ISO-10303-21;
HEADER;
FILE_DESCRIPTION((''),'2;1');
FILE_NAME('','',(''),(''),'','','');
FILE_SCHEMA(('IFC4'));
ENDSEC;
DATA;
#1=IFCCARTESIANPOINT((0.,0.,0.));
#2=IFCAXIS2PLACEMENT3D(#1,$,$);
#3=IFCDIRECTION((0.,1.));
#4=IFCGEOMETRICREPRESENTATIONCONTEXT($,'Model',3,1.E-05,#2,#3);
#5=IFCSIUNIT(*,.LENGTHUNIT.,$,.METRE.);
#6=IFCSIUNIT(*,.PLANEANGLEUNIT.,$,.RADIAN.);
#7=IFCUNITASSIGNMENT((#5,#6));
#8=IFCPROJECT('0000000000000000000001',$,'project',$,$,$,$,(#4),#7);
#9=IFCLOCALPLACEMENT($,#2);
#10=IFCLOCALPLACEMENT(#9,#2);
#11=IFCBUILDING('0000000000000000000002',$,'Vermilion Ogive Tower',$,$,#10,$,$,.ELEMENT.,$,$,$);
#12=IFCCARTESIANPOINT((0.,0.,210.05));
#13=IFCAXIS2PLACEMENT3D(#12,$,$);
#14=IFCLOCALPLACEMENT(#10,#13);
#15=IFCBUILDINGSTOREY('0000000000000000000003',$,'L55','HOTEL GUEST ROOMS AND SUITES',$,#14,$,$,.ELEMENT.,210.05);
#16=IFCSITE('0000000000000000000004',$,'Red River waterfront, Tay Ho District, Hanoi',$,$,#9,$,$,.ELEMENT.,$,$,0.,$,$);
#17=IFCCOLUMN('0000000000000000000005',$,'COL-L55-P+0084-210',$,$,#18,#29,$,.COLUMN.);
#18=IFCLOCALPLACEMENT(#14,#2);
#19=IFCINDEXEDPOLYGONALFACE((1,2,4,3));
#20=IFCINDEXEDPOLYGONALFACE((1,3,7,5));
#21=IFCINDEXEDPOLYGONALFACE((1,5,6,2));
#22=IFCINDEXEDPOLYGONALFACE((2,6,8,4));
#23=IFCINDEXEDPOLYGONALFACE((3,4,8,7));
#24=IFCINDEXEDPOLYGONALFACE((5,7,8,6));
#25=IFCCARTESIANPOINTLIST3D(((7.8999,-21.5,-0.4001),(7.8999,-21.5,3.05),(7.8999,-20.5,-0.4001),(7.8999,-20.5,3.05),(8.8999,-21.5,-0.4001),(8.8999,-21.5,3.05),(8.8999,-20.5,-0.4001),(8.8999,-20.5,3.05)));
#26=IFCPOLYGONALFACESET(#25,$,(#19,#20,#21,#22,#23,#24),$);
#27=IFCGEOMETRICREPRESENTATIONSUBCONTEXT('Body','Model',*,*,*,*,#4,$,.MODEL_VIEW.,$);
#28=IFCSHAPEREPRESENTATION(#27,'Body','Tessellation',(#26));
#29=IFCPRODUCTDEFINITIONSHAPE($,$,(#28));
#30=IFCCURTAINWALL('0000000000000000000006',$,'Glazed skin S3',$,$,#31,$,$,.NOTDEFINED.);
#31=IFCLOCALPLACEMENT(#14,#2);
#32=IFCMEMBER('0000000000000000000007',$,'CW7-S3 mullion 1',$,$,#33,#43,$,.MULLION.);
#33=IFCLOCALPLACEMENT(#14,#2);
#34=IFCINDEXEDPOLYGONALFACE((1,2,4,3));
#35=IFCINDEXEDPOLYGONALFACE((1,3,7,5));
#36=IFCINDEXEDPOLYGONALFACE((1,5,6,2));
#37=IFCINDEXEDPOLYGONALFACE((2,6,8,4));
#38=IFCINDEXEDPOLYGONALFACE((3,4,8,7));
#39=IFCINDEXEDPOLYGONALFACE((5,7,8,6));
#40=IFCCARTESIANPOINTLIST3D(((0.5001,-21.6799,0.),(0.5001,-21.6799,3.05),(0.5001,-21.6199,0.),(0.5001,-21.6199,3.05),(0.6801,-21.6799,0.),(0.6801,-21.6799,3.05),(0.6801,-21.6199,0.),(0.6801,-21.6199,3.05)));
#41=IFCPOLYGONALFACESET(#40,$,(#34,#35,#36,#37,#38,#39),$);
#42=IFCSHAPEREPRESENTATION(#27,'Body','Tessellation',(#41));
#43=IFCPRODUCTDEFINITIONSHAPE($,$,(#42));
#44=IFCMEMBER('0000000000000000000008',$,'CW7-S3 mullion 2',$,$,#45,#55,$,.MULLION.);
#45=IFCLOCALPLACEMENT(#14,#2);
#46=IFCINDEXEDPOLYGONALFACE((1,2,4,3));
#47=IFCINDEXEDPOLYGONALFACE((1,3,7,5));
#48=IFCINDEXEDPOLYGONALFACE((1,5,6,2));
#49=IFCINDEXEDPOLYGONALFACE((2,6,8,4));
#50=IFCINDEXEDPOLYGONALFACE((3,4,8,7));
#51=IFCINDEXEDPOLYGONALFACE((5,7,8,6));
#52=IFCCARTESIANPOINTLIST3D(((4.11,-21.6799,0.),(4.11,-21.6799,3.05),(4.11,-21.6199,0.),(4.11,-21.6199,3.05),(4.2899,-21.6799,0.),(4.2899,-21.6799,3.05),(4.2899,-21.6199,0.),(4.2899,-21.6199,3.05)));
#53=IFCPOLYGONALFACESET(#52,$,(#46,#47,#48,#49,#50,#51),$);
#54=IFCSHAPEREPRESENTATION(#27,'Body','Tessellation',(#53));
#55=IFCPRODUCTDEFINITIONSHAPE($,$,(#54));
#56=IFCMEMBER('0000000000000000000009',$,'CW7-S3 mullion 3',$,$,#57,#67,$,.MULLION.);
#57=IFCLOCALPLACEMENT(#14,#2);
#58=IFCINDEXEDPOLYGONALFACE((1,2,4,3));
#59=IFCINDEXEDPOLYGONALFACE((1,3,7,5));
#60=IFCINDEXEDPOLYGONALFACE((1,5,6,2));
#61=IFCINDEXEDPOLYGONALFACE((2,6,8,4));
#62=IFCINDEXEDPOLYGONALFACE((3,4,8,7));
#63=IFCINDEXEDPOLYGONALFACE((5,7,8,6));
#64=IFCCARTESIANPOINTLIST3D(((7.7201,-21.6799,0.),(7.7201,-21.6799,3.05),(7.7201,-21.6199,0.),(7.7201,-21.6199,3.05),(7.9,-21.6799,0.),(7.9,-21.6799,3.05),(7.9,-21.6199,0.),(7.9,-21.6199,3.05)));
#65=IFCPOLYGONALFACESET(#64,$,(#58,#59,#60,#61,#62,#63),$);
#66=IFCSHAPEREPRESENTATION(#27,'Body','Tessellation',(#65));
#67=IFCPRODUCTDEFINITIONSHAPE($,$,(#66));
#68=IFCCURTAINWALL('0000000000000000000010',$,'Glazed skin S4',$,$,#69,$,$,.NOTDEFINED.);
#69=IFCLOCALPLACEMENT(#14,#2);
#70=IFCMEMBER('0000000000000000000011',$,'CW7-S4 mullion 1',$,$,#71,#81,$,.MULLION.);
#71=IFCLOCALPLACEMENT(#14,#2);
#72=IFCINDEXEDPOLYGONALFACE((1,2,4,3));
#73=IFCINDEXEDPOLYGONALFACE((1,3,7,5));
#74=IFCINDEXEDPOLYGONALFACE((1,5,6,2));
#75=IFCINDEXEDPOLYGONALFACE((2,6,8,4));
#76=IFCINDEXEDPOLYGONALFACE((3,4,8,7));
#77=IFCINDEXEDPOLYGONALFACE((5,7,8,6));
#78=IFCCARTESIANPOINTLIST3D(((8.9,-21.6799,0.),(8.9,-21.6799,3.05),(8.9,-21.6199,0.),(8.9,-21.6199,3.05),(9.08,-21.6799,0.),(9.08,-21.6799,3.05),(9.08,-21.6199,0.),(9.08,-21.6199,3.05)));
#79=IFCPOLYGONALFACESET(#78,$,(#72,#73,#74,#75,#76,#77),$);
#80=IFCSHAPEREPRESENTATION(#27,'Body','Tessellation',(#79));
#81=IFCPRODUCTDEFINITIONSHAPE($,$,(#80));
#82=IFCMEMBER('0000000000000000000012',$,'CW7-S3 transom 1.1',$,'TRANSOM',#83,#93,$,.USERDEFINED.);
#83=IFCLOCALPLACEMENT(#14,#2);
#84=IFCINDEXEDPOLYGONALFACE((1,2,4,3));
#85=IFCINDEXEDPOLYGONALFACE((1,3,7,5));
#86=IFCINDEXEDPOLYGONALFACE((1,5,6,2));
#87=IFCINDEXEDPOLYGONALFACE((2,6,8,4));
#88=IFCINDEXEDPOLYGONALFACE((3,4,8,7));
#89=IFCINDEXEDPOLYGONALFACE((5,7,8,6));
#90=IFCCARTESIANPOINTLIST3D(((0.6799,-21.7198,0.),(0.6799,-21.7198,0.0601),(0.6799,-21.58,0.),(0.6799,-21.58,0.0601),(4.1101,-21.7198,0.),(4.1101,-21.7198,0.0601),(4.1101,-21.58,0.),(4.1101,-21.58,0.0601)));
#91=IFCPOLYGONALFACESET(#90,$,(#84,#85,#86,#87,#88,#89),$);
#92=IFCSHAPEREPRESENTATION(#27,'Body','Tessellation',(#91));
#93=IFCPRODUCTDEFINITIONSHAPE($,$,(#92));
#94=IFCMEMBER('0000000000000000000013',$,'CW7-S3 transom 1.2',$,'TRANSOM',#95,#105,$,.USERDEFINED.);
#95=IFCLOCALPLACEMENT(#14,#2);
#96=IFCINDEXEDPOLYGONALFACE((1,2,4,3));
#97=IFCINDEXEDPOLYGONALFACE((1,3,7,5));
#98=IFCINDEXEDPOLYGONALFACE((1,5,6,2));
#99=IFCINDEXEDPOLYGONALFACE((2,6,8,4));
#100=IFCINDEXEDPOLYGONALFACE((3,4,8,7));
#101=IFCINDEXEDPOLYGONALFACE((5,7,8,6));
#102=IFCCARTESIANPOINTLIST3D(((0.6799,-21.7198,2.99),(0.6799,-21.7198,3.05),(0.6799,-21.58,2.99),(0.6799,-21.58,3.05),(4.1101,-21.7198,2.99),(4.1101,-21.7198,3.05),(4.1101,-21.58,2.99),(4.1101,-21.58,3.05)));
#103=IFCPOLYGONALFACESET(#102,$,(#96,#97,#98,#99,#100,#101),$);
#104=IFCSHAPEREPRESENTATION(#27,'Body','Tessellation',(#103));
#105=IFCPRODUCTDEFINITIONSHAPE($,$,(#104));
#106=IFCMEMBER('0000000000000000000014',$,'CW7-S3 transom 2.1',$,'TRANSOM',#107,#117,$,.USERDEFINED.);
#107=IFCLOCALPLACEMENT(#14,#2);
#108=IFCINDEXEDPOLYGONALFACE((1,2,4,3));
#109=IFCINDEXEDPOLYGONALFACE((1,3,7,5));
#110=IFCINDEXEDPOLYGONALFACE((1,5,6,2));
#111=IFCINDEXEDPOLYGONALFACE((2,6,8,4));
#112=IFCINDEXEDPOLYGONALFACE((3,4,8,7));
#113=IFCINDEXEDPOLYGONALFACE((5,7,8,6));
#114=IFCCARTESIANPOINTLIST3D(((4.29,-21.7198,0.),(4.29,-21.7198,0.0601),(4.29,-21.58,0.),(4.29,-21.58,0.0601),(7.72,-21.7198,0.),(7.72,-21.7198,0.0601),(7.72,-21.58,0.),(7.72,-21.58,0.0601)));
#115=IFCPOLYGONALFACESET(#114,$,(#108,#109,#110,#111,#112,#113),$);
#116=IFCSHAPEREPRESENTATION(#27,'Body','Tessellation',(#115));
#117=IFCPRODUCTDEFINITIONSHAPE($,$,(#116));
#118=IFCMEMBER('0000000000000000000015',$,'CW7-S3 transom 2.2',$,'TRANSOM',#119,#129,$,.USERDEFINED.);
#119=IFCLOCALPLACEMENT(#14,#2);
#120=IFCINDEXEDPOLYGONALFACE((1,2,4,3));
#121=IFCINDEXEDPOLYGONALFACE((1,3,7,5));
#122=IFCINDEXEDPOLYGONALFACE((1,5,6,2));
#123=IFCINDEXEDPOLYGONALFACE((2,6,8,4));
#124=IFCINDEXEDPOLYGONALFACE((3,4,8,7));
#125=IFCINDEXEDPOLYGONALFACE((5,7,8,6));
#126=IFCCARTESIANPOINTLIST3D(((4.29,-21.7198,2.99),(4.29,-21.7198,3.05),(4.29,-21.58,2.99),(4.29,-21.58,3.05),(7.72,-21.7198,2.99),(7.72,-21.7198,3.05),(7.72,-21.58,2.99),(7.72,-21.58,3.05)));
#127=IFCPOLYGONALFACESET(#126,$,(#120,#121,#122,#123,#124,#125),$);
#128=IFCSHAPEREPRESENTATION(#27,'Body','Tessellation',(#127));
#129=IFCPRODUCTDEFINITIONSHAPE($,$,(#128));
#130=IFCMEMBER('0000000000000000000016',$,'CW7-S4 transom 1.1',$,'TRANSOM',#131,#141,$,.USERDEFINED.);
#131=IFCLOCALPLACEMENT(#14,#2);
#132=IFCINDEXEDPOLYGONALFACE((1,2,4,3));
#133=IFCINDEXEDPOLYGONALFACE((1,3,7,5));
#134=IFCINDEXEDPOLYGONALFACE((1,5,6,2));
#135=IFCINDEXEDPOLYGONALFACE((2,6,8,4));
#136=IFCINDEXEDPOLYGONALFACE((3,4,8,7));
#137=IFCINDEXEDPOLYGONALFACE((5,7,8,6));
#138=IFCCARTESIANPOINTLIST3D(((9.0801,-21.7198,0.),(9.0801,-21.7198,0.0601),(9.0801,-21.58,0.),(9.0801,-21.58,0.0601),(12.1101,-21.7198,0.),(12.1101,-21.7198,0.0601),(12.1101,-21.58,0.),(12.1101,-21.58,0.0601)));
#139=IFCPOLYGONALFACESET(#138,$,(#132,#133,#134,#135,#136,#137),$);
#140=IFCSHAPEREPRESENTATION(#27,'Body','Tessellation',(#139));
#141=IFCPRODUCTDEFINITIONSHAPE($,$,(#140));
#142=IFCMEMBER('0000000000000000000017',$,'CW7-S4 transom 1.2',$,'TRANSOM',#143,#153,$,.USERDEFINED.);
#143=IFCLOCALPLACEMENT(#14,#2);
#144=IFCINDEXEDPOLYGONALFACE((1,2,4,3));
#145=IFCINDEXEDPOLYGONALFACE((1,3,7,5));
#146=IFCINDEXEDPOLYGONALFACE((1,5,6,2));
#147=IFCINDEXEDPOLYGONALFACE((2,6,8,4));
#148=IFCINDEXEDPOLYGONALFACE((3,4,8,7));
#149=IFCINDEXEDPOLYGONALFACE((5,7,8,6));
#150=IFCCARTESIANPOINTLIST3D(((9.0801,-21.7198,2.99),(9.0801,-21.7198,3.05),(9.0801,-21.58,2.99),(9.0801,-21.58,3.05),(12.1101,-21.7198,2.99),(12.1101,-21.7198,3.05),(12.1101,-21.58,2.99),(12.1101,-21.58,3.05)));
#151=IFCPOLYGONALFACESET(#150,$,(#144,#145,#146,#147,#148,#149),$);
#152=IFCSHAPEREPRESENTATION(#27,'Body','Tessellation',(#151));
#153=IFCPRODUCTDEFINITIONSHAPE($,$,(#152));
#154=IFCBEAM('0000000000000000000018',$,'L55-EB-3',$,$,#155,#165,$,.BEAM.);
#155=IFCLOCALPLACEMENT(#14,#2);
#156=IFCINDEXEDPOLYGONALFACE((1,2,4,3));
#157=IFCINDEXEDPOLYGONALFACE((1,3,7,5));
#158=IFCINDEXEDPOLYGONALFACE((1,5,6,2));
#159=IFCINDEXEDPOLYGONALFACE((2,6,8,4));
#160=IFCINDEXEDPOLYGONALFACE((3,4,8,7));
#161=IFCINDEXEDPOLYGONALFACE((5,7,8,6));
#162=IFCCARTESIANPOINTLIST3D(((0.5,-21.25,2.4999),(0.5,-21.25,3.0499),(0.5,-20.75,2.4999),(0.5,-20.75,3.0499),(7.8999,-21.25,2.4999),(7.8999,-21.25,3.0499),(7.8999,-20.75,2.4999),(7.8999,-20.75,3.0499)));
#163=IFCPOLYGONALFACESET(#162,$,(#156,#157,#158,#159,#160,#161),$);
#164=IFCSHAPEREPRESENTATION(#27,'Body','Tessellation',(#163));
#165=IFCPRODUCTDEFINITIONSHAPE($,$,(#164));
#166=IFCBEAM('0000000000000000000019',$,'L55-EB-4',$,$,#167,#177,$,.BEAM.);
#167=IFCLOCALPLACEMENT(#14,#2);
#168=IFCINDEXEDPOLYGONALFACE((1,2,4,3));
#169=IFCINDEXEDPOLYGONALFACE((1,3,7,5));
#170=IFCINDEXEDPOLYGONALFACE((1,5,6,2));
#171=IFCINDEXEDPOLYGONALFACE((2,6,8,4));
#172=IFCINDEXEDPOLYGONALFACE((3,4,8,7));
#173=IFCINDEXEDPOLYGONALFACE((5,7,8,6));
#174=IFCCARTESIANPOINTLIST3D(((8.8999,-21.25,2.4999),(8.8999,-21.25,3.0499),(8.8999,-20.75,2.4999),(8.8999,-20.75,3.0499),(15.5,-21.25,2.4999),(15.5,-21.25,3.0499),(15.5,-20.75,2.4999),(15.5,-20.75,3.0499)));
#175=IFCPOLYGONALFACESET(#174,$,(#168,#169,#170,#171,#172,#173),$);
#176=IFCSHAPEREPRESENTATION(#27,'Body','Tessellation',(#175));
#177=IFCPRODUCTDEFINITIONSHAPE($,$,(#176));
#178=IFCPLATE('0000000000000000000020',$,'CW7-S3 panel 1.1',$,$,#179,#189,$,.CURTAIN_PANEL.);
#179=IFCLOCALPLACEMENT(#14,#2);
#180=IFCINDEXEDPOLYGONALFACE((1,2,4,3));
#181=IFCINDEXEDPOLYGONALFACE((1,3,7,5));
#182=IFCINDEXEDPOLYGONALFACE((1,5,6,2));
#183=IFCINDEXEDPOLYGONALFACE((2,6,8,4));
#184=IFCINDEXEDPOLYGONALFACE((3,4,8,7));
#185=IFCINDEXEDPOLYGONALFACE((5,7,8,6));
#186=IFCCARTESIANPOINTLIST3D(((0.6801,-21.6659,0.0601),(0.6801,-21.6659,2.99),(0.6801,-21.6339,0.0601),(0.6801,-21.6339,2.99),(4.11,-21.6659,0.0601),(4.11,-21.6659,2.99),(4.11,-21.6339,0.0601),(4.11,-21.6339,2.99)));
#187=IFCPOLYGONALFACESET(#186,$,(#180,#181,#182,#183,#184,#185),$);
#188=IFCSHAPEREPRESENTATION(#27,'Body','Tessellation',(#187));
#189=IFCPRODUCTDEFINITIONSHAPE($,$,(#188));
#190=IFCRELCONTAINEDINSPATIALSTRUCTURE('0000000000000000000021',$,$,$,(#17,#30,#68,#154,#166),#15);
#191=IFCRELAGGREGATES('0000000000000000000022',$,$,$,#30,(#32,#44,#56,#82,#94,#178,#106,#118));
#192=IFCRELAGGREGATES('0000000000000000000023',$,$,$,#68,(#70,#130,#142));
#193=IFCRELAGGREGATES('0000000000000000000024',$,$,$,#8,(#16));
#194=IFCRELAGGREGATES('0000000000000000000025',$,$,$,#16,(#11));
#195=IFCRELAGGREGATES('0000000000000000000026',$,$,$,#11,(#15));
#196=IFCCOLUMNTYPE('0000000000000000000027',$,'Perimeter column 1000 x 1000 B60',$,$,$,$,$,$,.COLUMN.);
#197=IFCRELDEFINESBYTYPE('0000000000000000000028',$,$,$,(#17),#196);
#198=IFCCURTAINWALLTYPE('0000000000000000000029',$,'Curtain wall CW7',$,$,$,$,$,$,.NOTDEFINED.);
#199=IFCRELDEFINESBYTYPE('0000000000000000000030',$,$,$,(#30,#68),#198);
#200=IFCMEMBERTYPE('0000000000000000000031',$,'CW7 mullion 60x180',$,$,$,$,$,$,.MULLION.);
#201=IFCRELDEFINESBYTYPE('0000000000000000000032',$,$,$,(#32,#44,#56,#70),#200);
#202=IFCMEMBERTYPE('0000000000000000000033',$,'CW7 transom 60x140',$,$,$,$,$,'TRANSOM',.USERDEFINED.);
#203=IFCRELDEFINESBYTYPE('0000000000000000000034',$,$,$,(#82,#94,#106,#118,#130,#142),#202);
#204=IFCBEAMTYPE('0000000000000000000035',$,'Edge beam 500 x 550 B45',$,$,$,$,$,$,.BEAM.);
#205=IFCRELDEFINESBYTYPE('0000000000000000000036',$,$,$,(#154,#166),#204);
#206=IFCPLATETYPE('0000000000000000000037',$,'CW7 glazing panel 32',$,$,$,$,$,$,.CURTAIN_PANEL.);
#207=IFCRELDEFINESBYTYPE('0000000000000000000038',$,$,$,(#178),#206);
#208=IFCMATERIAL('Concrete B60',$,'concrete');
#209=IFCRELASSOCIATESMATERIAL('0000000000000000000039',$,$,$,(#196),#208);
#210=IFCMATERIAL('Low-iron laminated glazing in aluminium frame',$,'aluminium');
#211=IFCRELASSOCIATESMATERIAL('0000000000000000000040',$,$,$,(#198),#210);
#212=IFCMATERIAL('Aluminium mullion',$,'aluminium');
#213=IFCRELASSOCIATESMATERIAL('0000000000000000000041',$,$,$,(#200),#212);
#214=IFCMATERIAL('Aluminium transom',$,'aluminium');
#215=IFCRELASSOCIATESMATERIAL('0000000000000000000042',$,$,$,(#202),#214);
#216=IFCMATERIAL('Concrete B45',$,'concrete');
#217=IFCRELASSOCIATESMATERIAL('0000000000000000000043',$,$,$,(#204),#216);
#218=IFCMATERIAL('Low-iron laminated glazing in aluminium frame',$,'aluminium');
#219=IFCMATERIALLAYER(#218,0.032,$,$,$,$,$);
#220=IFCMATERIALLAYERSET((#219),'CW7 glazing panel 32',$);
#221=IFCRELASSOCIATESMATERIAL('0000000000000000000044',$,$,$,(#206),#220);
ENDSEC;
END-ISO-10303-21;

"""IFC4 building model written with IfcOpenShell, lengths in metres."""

from ifc_helpers import new_model, si_unit, direction, frame, origin, origin_2d, place, context, subcontext, project, spatial, rectangle, extrude, material, layer, layer_set, material_profile, profile_set, type_object, element, aggregate, save


model = new_model("IFC4")

# Units and contexts
model_context = context("Model", 3, precision=1e-05, world=origin(), true_north=direction((0.0, 1.0)))
body_context = subcontext(model_context, "Body", "Model", "MODEL_VIEW")
ifc_project = project(units=[si_unit("LENGTHUNIT", "METRE"), si_unit("PLANEANGLEUNIT", "RADIAN")], contexts=[model_context])

# Site, building, storey
site_placement = place(None, origin())
site = spatial("IfcSite", under=ifc_project, at=site_placement, Name="Red River waterfront, Tay Ho District, Hanoi", CompositionType="ELEMENT", RefElevation=0.0)
building_placement = place(site_placement, origin())
building = spatial("IfcBuilding", under=site, at=building_placement, Name="Vermilion Ogive Tower", CompositionType="ELEMENT")
storey_placement = place(building_placement, frame((0.0, 0.0, 210.05)))
storey = spatial("IfcBuildingStorey", under=building, at=storey_placement, Name="L55", Description="HOTEL GUEST ROOMS AND SUITES", CompositionType="ELEMENT", Elevation=210.05)

# Column
ifc_material_1 = material(Name="Concrete B60", Category="concrete")
ifc_material_profile_1 = material_profile(ifc_material_1, rectangle(XDim=1.0, YDim=1.0, at=origin_2d()), Name="1000 x 1000")
ifc_profile_set_1 = profile_set([ifc_material_profile_1], Name="Concrete B60")
column_type = type_object("IfcColumnType", Name="Perimeter column 1000 x 1000 B60", PredefinedType="COLUMN", material=ifc_profile_set_1)
column_placement = place(storey_placement, frame((8.3999, -21.0, -0.4001), z_axis=(0.0, 0.0, 1.0), x_axis=(1.0, 0.0, 0.0)))
element("IfcColumn", 1, at=column_placement, inside=storey, type_object=column_type, Name="COL-L55-P+0084-210", PredefinedType="COLUMN", context=body_context, shape_type="SweptSolid", body=[
    extrude(rectangle(XDim=1.0, YDim=1.0, at=origin_2d()), origin(), (0.0, 0.0, 1.0), 3.4502),
])

# Curtain wall, members
ifc_material_2 = material(Name="Low-iron laminated glazing in aluminium frame", Category="aluminium")
curtain_wall_type = type_object("IfcCurtainWallType", Name="Curtain wall CW7", PredefinedType="NOTDEFINED", material=ifc_material_2)
curtain_wall_1_placement = place(storey_placement, origin())
curtain_wall_1 = element("IfcCurtainWall", 2, at=curtain_wall_1_placement, inside=storey, type_object=curtain_wall_type, Name="Glazed skin S3", PredefinedType="NOTDEFINED")
ifc_material_3 = material(Name="Aluminium mullion", Category="aluminium")
ifc_material_profile_2 = material_profile(ifc_material_3, rectangle(XDim=0.0601, YDim=0.1799, at=origin_2d()), Name="AL 60x180")
ifc_profile_set_2 = profile_set([ifc_material_profile_2], Name="Aluminium mullion")
member_type_1 = type_object("IfcMemberType", Name="CW7 mullion 60x180", PredefinedType="MULLION", material=ifc_profile_set_2)
member_1_placement = place(storey_placement, frame((0.5901, -21.6499, 0.0), z_axis=(0.0, 0.0, 1.0), x_axis=(0.0, 1.0, 0.0)))
member_1 = element("IfcMember", 3, at=member_1_placement, type_object=member_type_1, Name="CW7-S3 mullion 1", PredefinedType="MULLION", context=body_context, shape_type="SweptSolid", body=[
    extrude(rectangle(XDim=0.0601, YDim=0.1799, at=origin_2d()), origin(), (0.0, 0.0, 1.0), 3.05),
])
member_2_placement = place(storey_placement, frame((4.2, -21.6499, 0.0), z_axis=(0.0, 0.0, 1.0), x_axis=(0.0, 1.0, 0.0)))
member_2 = element("IfcMember", 4, at=member_2_placement, type_object=member_type_1, Name="CW7-S3 mullion 2", PredefinedType="MULLION", context=body_context, shape_type="SweptSolid", body=[
    extrude(rectangle(XDim=0.0601, YDim=0.1799, at=origin_2d()), origin(), (0.0, 0.0, 1.0), 3.05),
])
member_3_placement = place(storey_placement, frame((7.8101, -21.6499, 0.0), z_axis=(0.0, 0.0, 1.0), x_axis=(0.0, 1.0, 0.0)))
member_3 = element("IfcMember", 5, at=member_3_placement, type_object=member_type_1, Name="CW7-S3 mullion 3", PredefinedType="MULLION", context=body_context, shape_type="SweptSolid", body=[
    extrude(rectangle(XDim=0.0601, YDim=0.1799, at=origin_2d()), origin(), (0.0, 0.0, 1.0), 3.05),
])

# Curtain wall, member
curtain_wall_2_placement = place(storey_placement, origin())
curtain_wall_2 = element("IfcCurtainWall", 6, at=curtain_wall_2_placement, inside=storey, type_object=curtain_wall_type, Name="Glazed skin S4", PredefinedType="NOTDEFINED")
member_4_placement = place(storey_placement, frame((8.99, -21.6499, 0.0), z_axis=(0.0, 0.0, 1.0), x_axis=(0.0, 1.0, 0.0)))
member_4 = element("IfcMember", 7, at=member_4_placement, type_object=member_type_1, Name="CW7-S4 mullion 1", PredefinedType="MULLION", context=body_context, shape_type="SweptSolid", body=[
    extrude(rectangle(XDim=0.0601, YDim=0.1799, at=origin_2d()), origin(), (0.0, 0.0, 1.0), 3.05),
])

# Members
ifc_material_4 = material(Name="Aluminium transom", Category="aluminium")
ifc_material_profile_3 = material_profile(ifc_material_4, rectangle(XDim=0.1399, YDim=0.0601, at=origin_2d()), Name="AL 60x140")
ifc_profile_set_3 = profile_set([ifc_material_profile_3], Name="Aluminium transom")
member_type_2 = type_object("IfcMemberType", Name="CW7 transom 60x140", ElementType="TRANSOM", PredefinedType="USERDEFINED", material=ifc_profile_set_3)
member_5_placement = place(storey_placement, frame((0.6799, -21.6499, 0.03), z_axis=(1.0, 0.0, 0.0), x_axis=(0.0, 1.0, 0.0)))
member_5 = element("IfcMember", 8, at=member_5_placement, type_object=member_type_2, Name="CW7-S3 transom 1.1", ObjectType="TRANSOM", PredefinedType="USERDEFINED", context=body_context, shape_type="SweptSolid", body=[
    extrude(rectangle(XDim=0.1399, YDim=0.0601, at=origin_2d()), origin(), (0.0, 0.0, 1.0), 3.4302),
])
member_6_placement = place(storey_placement, frame((0.6799, -21.6499, 3.02), z_axis=(1.0, 0.0, 0.0), x_axis=(0.0, 1.0, 0.0)))
member_6 = element("IfcMember", 9, at=member_6_placement, type_object=member_type_2, Name="CW7-S3 transom 1.2", ObjectType="TRANSOM", PredefinedType="USERDEFINED", context=body_context, shape_type="SweptSolid", body=[
    extrude(rectangle(XDim=0.1399, YDim=0.0601, at=origin_2d()), origin(), (0.0, 0.0, 1.0), 3.4302),
])
member_7_placement = place(storey_placement, frame((4.29, -21.6499, 0.03), z_axis=(1.0, 0.0, 0.0), x_axis=(0.0, 1.0, 0.0)))
member_7 = element("IfcMember", 10, at=member_7_placement, type_object=member_type_2, Name="CW7-S3 transom 2.1", ObjectType="TRANSOM", PredefinedType="USERDEFINED", context=body_context, shape_type="SweptSolid", body=[
    extrude(rectangle(XDim=0.1399, YDim=0.0601, at=origin_2d()), origin(), (0.0, 0.0, 1.0), 3.4299),
])
member_8_placement = place(storey_placement, frame((4.29, -21.6499, 3.02), z_axis=(1.0, 0.0, 0.0), x_axis=(0.0, 1.0, 0.0)))
member_8 = element("IfcMember", 11, at=member_8_placement, type_object=member_type_2, Name="CW7-S3 transom 2.2", ObjectType="TRANSOM", PredefinedType="USERDEFINED", context=body_context, shape_type="SweptSolid", body=[
    extrude(rectangle(XDim=0.1399, YDim=0.0601, at=origin_2d()), origin(), (0.0, 0.0, 1.0), 3.4299),
])
member_9_placement = place(storey_placement, frame((9.0801, -21.6499, 0.03), z_axis=(1.0, 0.0, 0.0), x_axis=(0.0, 1.0, 0.0)))
member_9 = element("IfcMember", 12, at=member_9_placement, type_object=member_type_2, Name="CW7-S4 transom 1.1", ObjectType="TRANSOM", PredefinedType="USERDEFINED", context=body_context, shape_type="SweptSolid", body=[
    extrude(rectangle(XDim=0.1399, YDim=0.0601, at=origin_2d()), origin(), (0.0, 0.0, 1.0), 3.03),
])
member_10_placement = place(storey_placement, frame((9.0801, -21.6499, 3.02), z_axis=(1.0, 0.0, 0.0), x_axis=(0.0, 1.0, 0.0)))
member_10 = element("IfcMember", 13, at=member_10_placement, type_object=member_type_2, Name="CW7-S4 transom 1.2", ObjectType="TRANSOM", PredefinedType="USERDEFINED", context=body_context, shape_type="SweptSolid", body=[
    extrude(rectangle(XDim=0.1399, YDim=0.0601, at=origin_2d()), origin(), (0.0, 0.0, 1.0), 3.03),
])

# Beams
ifc_material_5 = material(Name="Concrete B45", Category="concrete")
ifc_material_profile_4 = material_profile(ifc_material_5, rectangle(XDim=0.5, YDim=0.55, at=origin_2d()), Name="500 x 550")
ifc_profile_set_4 = profile_set([ifc_material_profile_4], Name="Concrete B45")
beam_type = type_object("IfcBeamType", Name="Edge beam 500 x 550 B45", PredefinedType="BEAM", material=ifc_profile_set_4)
beam_1_placement = place(storey_placement, frame((0.5, -21.0, 2.7749), z_axis=(1.0, 0.0, 0.0), x_axis=(0.0, 1.0, 0.0)))
element("IfcBeam", 14, at=beam_1_placement, inside=storey, type_object=beam_type, Name="L55-EB-3", PredefinedType="BEAM", context=body_context, shape_type="SweptSolid", body=[
    extrude(rectangle(XDim=0.5, YDim=0.55, at=origin_2d()), origin(), (0.0, 0.0, 1.0), 7.3999),
])
beam_2_placement = place(storey_placement, frame((8.8999, -21.0, 2.7749), z_axis=(1.0, 0.0, 0.0), x_axis=(0.0, 1.0, 0.0)))
element("IfcBeam", 15, at=beam_2_placement, inside=storey, type_object=beam_type, Name="L55-EB-4", PredefinedType="BEAM", context=body_context, shape_type="SweptSolid", body=[
    extrude(rectangle(XDim=0.5, YDim=0.55, at=origin_2d()), origin(), (0.0, 0.0, 1.0), 6.6001),
])

# Plate
ifc_material_6 = material(Name="Low-iron laminated glazing in aluminium frame", Category="aluminium")
ifc_layer_1 = layer(ifc_material_6, 0.032)
ifc_layer_set_1 = layer_set([ifc_layer_1], Name="CW7 glazing panel 32")
plate_type = type_object("IfcPlateType", Name="CW7 glazing panel 32", PredefinedType="CURTAIN_PANEL", material=ifc_layer_set_1)
plate_1_placement = place(storey_placement, frame((2.395, -21.6499, 0.0601), z_axis=(0.0, 0.0, 1.0), x_axis=(1.0, 0.0, 0.0)))
plate_1 = element("IfcPlate", 16, at=plate_1_placement, type_object=plate_type, Name="CW7-S3 panel 1.1", PredefinedType="CURTAIN_PANEL", context=body_context, shape_type="SweptSolid", body=[
    extrude(rectangle(XDim=3.4299, YDim=0.032, at=origin_2d()), origin(), (0.0, 0.0, 1.0), 2.9299),
])
aggregate(curtain_wall_1, [member_1, member_2, member_3, member_5, member_6, plate_1, member_7, member_8])
aggregate(curtain_wall_2, [member_4, member_9, member_10])

save(model, "model.ifc")
